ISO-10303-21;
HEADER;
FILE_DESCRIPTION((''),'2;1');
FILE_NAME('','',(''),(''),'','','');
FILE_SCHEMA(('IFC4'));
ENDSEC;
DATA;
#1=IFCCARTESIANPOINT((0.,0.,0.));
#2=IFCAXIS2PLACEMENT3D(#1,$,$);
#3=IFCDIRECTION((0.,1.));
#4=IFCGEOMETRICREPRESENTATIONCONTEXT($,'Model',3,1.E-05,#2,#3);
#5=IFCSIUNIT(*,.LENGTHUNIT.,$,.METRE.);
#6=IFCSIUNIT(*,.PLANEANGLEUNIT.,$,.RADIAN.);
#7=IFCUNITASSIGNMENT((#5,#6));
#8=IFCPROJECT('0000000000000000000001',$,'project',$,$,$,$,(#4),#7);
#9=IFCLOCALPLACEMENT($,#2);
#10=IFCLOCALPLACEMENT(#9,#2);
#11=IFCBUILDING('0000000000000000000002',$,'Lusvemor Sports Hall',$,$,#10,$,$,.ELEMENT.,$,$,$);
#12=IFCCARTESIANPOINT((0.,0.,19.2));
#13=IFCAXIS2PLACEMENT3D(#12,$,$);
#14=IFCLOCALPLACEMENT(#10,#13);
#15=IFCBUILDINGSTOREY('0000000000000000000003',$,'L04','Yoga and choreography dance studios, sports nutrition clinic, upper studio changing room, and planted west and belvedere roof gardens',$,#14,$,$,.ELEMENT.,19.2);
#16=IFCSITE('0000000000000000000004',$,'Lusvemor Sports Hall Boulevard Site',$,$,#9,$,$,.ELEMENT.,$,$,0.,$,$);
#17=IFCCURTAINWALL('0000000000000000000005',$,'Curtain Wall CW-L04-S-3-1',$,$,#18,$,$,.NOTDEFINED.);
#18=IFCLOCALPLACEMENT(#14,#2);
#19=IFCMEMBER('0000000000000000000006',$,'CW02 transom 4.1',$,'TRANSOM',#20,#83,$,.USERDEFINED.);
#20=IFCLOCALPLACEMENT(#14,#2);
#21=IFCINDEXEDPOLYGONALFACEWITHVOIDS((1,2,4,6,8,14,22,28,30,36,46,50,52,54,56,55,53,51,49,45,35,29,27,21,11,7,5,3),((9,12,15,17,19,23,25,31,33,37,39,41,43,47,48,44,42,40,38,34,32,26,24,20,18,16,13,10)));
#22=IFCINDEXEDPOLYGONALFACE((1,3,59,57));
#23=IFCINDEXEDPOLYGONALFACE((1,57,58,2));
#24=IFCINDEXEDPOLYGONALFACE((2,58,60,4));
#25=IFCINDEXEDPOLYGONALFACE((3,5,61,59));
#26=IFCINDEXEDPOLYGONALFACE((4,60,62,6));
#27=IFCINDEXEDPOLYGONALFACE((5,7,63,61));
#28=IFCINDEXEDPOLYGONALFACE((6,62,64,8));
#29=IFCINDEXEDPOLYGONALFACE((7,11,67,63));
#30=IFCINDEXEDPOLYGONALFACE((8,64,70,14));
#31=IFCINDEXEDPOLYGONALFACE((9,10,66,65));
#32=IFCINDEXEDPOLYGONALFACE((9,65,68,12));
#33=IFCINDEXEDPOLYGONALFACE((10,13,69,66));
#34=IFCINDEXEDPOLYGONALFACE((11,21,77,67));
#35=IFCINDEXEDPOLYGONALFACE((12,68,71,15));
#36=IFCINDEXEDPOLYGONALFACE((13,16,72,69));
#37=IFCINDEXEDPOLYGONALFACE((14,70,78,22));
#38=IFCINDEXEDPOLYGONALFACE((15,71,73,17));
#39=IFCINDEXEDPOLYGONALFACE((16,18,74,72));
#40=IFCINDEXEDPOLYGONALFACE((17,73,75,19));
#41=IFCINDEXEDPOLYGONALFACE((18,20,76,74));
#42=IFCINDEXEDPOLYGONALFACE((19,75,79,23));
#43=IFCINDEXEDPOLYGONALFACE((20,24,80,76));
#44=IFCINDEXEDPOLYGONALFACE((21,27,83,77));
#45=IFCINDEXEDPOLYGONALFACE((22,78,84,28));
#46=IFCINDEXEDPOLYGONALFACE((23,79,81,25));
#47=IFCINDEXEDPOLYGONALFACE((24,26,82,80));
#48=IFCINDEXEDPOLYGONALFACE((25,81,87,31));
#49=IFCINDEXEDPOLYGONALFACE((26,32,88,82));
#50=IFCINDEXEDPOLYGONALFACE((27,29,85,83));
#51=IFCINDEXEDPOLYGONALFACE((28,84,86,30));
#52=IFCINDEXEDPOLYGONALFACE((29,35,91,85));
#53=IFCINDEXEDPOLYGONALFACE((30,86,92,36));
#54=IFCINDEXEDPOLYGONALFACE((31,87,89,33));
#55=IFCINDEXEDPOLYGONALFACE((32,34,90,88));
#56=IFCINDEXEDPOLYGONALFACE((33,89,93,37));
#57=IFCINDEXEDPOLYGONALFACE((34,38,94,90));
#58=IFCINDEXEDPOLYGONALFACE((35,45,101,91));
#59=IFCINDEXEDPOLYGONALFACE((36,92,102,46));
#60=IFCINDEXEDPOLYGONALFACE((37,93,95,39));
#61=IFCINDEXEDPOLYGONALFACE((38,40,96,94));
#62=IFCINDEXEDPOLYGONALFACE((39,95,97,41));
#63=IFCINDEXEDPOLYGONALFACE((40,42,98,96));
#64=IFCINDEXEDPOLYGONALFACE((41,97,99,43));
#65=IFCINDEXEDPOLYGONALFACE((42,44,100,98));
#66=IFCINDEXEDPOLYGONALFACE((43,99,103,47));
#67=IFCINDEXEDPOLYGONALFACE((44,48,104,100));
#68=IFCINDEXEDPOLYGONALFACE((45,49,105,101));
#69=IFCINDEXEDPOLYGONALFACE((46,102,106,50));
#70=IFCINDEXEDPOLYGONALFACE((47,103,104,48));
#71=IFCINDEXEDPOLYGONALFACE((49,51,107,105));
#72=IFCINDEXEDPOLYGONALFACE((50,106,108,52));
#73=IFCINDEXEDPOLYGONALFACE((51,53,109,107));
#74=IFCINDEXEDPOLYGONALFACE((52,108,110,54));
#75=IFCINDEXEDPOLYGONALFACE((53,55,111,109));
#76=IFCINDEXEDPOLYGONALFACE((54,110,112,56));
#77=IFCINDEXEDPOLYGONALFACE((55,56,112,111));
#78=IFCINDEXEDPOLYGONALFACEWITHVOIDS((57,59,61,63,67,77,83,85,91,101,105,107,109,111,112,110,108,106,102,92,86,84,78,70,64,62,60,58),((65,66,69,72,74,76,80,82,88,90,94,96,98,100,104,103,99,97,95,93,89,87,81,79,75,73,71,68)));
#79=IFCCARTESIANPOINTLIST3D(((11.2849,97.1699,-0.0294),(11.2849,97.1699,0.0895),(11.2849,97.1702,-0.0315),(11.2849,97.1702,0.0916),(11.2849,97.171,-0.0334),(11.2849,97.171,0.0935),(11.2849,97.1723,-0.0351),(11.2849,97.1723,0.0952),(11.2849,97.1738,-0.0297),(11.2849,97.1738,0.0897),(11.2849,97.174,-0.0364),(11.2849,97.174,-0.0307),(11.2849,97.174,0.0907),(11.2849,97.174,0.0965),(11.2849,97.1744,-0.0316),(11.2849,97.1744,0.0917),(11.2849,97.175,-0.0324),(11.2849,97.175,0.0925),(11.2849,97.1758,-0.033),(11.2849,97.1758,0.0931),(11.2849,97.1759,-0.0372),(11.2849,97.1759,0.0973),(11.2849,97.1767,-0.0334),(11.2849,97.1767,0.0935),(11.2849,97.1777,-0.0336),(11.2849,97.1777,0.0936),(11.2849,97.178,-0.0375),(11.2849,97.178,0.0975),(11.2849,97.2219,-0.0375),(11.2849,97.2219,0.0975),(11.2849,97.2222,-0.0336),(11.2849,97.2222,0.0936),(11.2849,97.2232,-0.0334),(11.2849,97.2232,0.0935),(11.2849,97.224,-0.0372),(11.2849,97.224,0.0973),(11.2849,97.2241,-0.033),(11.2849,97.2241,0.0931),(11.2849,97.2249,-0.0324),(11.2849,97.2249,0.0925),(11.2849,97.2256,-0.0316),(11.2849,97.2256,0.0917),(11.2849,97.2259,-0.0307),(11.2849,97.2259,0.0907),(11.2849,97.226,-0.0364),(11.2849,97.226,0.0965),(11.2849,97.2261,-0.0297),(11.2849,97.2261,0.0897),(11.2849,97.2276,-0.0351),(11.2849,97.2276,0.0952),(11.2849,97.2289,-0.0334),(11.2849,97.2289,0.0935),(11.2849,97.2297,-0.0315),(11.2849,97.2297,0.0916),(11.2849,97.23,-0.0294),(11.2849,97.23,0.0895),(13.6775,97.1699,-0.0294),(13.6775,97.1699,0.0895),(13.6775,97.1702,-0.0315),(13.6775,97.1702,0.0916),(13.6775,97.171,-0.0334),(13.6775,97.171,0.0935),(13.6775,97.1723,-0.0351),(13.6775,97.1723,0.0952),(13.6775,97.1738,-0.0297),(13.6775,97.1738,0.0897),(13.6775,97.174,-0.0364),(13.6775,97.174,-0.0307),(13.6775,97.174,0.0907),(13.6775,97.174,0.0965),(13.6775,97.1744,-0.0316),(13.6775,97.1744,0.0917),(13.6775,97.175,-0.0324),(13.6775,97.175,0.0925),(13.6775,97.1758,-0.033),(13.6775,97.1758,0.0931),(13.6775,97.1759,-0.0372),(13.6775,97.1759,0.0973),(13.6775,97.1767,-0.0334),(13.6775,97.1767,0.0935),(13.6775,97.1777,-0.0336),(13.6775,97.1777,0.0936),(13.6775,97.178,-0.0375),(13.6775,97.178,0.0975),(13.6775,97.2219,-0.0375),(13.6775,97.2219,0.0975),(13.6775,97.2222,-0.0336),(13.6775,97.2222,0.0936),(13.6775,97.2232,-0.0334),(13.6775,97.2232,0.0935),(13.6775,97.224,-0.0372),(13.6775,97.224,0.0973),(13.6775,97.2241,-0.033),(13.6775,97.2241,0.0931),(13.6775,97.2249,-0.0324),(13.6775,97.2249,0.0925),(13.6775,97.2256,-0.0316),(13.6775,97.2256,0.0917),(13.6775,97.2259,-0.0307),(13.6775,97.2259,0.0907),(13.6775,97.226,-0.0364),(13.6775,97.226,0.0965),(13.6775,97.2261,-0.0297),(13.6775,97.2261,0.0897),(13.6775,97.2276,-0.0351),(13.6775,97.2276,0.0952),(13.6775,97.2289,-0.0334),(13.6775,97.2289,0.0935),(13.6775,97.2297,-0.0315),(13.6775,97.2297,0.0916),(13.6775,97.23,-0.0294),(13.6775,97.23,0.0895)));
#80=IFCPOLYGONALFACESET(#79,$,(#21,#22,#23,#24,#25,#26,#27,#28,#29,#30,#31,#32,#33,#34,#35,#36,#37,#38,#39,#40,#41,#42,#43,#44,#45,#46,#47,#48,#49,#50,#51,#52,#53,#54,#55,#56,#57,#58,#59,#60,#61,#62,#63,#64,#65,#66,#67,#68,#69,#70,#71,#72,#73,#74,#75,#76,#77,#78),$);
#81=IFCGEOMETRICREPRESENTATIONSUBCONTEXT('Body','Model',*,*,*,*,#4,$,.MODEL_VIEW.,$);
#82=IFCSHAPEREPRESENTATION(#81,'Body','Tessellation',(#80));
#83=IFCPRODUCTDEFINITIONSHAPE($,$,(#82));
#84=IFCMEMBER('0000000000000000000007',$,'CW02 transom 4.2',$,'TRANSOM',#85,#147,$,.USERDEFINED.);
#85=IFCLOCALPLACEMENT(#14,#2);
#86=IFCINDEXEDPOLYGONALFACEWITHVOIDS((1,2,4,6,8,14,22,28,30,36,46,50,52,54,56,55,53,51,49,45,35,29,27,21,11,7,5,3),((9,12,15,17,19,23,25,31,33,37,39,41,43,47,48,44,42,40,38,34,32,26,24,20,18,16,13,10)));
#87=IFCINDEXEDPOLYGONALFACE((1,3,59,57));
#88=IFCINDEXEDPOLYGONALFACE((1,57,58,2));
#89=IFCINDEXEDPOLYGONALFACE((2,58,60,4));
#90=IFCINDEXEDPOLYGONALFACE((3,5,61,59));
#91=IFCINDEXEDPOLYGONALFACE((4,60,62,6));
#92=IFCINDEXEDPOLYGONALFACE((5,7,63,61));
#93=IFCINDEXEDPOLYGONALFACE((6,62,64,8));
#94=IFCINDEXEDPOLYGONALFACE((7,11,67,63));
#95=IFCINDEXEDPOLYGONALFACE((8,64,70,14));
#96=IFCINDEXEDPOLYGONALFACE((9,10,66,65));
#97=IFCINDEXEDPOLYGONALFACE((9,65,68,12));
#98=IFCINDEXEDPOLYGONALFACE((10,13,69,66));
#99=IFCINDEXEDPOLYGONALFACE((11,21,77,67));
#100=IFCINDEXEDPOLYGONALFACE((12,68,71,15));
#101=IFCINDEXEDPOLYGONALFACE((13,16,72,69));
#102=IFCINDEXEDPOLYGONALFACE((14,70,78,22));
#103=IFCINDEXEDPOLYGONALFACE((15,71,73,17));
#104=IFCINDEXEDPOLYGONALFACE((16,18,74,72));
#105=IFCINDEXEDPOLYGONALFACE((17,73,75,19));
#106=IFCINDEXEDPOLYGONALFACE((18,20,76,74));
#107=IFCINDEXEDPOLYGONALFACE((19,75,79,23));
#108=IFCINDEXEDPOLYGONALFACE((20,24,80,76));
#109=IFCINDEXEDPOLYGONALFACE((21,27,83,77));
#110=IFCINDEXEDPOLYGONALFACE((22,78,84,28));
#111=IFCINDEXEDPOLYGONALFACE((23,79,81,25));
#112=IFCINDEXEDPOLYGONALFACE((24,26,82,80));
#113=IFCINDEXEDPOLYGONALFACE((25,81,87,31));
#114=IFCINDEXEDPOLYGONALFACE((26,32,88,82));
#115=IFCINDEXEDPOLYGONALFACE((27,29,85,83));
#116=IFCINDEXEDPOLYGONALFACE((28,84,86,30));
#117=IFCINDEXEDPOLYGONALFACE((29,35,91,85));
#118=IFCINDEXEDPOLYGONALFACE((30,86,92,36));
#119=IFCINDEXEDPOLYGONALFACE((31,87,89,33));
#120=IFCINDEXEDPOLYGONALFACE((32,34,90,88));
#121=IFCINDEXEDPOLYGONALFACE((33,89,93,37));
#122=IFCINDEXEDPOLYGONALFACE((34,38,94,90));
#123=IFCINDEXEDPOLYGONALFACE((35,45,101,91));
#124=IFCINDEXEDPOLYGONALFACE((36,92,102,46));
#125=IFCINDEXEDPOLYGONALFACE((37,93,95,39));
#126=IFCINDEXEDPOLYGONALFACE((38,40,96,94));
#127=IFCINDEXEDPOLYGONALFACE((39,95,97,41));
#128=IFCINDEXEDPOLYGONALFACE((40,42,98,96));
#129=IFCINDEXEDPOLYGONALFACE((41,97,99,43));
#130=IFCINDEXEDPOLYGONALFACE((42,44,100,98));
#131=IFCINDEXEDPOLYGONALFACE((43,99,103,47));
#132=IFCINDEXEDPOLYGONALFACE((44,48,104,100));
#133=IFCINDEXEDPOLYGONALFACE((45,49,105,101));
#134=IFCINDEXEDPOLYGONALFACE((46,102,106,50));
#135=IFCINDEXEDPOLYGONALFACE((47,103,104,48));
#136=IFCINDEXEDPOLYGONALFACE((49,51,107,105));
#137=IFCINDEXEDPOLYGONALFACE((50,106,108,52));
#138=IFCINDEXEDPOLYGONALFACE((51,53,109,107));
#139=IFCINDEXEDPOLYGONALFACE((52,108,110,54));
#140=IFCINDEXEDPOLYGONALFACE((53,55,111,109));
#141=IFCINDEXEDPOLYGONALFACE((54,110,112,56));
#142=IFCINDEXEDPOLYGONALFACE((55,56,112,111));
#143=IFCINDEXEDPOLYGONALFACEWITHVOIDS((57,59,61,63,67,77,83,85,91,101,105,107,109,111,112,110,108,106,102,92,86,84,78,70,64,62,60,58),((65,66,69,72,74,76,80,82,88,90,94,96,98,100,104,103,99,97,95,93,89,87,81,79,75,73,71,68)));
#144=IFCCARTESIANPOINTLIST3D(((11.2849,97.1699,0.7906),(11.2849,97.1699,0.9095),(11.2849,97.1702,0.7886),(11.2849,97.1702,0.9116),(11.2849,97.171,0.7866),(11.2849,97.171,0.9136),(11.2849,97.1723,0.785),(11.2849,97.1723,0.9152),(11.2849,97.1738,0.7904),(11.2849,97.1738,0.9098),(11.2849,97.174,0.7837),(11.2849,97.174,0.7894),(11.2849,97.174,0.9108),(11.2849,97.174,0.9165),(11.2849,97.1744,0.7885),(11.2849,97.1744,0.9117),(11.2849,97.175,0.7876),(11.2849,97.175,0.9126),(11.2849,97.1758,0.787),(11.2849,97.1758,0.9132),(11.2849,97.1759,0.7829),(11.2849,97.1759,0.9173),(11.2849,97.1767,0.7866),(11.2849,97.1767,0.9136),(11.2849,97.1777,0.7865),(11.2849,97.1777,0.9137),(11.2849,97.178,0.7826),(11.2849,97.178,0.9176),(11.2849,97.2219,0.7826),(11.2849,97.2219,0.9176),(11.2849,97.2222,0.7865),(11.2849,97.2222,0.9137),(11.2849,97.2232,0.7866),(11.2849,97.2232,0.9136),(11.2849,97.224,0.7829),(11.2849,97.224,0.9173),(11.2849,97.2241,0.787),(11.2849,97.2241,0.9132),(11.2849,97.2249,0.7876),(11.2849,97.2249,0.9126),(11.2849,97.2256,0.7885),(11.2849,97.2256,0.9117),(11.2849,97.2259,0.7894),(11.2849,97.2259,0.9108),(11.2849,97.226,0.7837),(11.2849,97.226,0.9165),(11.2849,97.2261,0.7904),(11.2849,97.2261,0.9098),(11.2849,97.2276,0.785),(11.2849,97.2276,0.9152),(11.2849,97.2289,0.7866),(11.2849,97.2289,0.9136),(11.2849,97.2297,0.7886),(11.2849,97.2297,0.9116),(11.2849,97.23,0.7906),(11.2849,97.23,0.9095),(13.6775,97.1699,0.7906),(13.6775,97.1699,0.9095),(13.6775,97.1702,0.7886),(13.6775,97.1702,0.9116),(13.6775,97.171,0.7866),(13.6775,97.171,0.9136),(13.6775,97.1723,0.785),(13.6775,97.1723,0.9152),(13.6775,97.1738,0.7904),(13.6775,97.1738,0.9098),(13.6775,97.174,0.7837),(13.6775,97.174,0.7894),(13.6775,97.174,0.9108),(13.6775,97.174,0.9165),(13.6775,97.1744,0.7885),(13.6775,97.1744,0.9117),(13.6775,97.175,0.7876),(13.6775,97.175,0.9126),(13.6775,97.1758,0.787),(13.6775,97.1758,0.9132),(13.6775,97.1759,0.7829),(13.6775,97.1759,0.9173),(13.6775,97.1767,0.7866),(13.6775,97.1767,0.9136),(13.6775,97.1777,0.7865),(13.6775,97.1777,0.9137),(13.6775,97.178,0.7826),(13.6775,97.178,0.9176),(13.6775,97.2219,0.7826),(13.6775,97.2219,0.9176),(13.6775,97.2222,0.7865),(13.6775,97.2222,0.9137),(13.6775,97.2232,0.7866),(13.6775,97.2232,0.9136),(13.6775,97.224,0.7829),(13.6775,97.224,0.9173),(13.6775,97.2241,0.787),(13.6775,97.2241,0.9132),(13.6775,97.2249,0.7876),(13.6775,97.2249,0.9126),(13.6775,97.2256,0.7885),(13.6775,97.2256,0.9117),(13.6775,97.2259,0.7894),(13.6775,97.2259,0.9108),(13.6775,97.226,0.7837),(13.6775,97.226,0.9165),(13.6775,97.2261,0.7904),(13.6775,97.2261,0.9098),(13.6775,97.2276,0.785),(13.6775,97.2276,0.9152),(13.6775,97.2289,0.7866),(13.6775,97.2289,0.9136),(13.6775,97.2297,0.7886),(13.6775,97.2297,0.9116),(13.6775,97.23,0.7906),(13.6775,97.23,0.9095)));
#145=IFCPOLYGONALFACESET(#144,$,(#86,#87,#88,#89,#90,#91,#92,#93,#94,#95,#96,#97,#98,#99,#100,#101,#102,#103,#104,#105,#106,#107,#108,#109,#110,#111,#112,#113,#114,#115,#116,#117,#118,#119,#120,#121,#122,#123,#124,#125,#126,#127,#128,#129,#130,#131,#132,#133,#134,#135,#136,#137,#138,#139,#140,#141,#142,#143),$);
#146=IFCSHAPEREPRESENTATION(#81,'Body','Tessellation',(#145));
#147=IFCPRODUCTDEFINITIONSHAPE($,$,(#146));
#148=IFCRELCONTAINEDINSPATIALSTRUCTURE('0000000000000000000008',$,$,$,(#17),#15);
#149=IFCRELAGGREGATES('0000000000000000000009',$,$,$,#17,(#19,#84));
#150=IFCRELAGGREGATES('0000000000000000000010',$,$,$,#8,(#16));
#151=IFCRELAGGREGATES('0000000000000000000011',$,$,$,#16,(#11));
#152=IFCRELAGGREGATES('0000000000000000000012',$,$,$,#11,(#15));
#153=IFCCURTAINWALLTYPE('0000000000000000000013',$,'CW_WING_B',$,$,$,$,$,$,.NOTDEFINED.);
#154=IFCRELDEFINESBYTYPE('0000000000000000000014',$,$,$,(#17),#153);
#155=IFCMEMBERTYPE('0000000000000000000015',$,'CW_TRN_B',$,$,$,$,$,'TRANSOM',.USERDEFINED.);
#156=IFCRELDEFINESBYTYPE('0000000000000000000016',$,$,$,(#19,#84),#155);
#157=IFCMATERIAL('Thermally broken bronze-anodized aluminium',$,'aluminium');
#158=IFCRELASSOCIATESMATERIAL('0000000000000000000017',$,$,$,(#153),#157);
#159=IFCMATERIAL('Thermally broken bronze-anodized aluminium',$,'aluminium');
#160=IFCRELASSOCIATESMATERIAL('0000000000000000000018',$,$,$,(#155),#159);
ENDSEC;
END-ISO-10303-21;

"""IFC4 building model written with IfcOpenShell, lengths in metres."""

from ifc_helpers import new_model, si_unit, direction, frame, origin, origin_2d, place, context, subcontext, project, spatial, hollow_rectangle, extrude, material, material_profile, profile_set, type_object, element, aggregate, save


model = new_model("IFC4")

# Units and contexts
model_context = context("Model", 3, precision=1e-05, world=origin(), true_north=direction((0.0, 1.0)))
body_context = subcontext(model_context, "Body", "Model", "MODEL_VIEW")
ifc_project = project(units=[si_unit("LENGTHUNIT", "METRE"), si_unit("PLANEANGLEUNIT", "RADIAN")], contexts=[model_context])

# Site, building, storey
site_placement = place(None, origin())
site = spatial("IfcSite", under=ifc_project, at=site_placement, Name="Lusvemor Sports Hall Boulevard Site", CompositionType="ELEMENT", RefElevation=0.0)
building_placement = place(site_placement, origin())
building = spatial("IfcBuilding", under=site, at=building_placement, Name="Lusvemor Sports Hall", CompositionType="ELEMENT")
storey_placement = place(building_placement, frame((0.0, 0.0, 19.2)))
storey = spatial("IfcBuildingStorey", under=building, at=storey_placement, Name="L04", Description="Yoga and choreography dance studios, sports nutrition clinic, upper studio changing room, and planted west and belvedere roof gardens", CompositionType="ELEMENT", Elevation=19.2)

# Curtain wall, members
ifc_material_1 = material(Name="Thermally broken bronze-anodized aluminium", Category="aluminium")
curtain_wall_type = type_object("IfcCurtainWallType", Name="CW_WING_B", PredefinedType="NOTDEFINED", material=ifc_material_1)
curtain_wall_placement = place(storey_placement, origin())
curtain_wall = element("IfcCurtainWall", 1, at=curtain_wall_placement, inside=storey, type_object=curtain_wall_type, Name="Curtain Wall CW-L04-S-3-1", PredefinedType="NOTDEFINED")
ifc_material_2 = material(Name="Thermally broken bronze-anodized aluminium", Category="aluminium")
ifc_material_profile_1 = material_profile(ifc_material_2, hollow_rectangle(XDim=0.0601, YDim=0.135, WallThickness=0.0039, InnerFilletRadius=0.0039, OuterFilletRadius=0.0081, at=origin_2d()), Name="CWTRN135x60x4")
ifc_profile_set_1 = profile_set([ifc_material_profile_1], Name="Thermally broken bronze-anodized aluminium")
member_type_1 = type_object("IfcMemberType", Name="CW_TRN_B", ElementType="TRANSOM", PredefinedType="USERDEFINED", material=ifc_profile_set_1)
member_1_placement = place(storey_placement, frame((13.6775, 97.2, 0.03), z_axis=(-1.0, 0.0, 0.0), x_axis=(0.0, -1.0, 0.0)))
member_1 = element("IfcMember", 2, at=member_1_placement, type_object=member_type_1, Name="CW02 transom 4.1", ObjectType="TRANSOM", PredefinedType="USERDEFINED", context=body_context, shape_type="SweptSolid", body=[
    extrude(hollow_rectangle(XDim=0.0601, YDim=0.135, WallThickness=0.0039, InnerFilletRadius=0.0039, OuterFilletRadius=0.0081, at=origin_2d()), origin(), (0.0, 0.0, 1.0), 2.3926),
])
member_2_placement = place(storey_placement, frame((13.6775, 97.2, 0.8501), z_axis=(-1.0, 0.0, 0.0), x_axis=(0.0, -1.0, 0.0)))
member_2 = element("IfcMember", 3, at=member_2_placement, type_object=member_type_1, Name="CW02 transom 4.2", ObjectType="TRANSOM", PredefinedType="USERDEFINED", context=body_context, shape_type="SweptSolid", body=[
    extrude(hollow_rectangle(XDim=0.0601, YDim=0.135, WallThickness=0.0039, InnerFilletRadius=0.0039, OuterFilletRadius=0.0081, at=origin_2d()), origin(), (0.0, 0.0, 1.0), 2.3926),
])

aggregate(curtain_wall, [member_1, member_2])

save(model, "model.ifc")
